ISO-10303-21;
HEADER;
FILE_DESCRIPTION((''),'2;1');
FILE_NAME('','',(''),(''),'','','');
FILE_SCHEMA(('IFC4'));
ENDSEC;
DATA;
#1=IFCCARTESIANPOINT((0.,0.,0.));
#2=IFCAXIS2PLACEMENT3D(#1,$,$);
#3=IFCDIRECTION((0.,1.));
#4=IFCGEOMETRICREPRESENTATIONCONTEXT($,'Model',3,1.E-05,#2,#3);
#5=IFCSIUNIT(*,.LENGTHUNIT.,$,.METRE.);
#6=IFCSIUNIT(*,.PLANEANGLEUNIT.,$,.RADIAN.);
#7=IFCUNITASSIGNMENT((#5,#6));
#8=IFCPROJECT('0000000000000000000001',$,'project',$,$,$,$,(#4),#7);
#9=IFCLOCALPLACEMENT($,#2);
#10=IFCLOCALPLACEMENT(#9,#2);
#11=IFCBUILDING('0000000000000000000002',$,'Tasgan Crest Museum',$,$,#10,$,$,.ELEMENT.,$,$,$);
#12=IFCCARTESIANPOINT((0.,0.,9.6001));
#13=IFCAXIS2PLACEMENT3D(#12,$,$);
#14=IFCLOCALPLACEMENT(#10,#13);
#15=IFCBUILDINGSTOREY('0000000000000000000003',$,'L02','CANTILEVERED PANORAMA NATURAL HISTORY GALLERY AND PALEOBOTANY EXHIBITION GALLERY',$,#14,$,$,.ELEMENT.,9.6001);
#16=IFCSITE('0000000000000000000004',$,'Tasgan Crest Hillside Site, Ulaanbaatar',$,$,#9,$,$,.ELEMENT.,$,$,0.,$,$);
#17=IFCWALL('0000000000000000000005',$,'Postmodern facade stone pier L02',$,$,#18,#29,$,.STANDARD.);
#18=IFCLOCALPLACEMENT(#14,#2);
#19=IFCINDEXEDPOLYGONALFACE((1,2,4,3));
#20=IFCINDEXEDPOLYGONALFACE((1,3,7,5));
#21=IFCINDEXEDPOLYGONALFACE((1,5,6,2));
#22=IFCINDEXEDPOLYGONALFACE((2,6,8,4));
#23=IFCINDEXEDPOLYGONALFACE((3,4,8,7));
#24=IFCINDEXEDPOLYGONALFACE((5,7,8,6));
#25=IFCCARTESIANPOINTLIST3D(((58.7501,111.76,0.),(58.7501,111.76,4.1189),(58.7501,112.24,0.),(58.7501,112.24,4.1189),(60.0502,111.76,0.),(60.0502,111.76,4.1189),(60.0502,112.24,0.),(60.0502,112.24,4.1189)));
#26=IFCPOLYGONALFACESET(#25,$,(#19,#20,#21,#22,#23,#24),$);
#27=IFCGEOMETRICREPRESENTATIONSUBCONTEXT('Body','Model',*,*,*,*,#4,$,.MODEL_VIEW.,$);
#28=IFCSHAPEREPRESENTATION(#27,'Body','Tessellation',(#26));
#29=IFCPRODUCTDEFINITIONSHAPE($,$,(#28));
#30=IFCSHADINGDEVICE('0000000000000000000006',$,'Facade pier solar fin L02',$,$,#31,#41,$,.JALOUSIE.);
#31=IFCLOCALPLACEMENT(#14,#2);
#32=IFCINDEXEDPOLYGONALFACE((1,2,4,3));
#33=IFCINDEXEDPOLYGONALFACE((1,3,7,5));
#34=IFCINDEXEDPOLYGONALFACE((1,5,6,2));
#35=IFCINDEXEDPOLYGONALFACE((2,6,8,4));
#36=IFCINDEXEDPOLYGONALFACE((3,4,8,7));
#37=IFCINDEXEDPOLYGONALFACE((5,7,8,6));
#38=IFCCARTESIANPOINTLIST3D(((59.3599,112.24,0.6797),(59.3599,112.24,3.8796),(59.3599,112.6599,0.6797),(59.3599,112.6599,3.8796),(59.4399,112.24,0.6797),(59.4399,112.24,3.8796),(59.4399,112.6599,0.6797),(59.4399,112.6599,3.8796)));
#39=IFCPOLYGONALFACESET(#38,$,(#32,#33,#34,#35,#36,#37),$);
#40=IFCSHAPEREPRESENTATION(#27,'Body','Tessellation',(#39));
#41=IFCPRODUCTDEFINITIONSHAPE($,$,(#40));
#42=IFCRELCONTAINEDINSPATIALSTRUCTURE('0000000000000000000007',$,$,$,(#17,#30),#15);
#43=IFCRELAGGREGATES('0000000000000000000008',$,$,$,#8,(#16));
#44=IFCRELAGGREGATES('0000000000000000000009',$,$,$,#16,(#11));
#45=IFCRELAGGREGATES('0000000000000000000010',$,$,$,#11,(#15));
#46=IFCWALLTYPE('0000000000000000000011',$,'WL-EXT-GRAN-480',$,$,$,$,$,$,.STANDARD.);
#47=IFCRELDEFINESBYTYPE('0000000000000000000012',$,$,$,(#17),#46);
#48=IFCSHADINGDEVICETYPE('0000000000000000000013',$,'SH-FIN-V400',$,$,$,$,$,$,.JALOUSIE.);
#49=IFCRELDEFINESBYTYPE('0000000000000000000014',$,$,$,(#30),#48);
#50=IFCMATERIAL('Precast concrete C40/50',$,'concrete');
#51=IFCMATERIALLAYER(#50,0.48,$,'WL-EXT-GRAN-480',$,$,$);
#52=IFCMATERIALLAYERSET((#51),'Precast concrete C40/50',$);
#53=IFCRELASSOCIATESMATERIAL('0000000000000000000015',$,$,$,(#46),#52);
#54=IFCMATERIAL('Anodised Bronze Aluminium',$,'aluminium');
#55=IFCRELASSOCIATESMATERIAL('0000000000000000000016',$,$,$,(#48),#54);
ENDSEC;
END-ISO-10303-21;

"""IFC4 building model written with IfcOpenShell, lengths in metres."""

from ifc_helpers import new_model, si_unit, direction, frame, frame_2d, origin, origin_2d, place, context, subcontext, project, spatial, rectangle, extrude, material, layer, layer_set, type_object, element, save


model = new_model("IFC4")

# Units and contexts
model_context = context("Model", 3, precision=1e-05, world=origin(), true_north=direction((0.0, 1.0)))
body_context = subcontext(model_context, "Body", "Model", "MODEL_VIEW")
ifc_project = project(units=[si_unit("LENGTHUNIT", "METRE"), si_unit("PLANEANGLEUNIT", "RADIAN")], contexts=[model_context])

# Site, building, storey
site_placement = place(None, origin())
site = spatial("IfcSite", under=ifc_project, at=site_placement, Name="Tasgan Crest Hillside Site, Ulaanbaatar", CompositionType="ELEMENT", RefElevation=0.0)
building_placement = place(site_placement, origin())
building = spatial("IfcBuilding", under=site, at=building_placement, Name="Tasgan Crest Museum", CompositionType="ELEMENT")
storey_placement = place(building_placement, frame((0.0, 0.0, 9.6001)))
storey = spatial("IfcBuildingStorey", under=building, at=storey_placement, Name="L02", Description="CANTILEVERED PANORAMA NATURAL HISTORY GALLERY AND PALEOBOTANY EXHIBITION GALLERY", CompositionType="ELEMENT", Elevation=9.6001)

# Wall
ifc_material_1 = material(Name="Precast concrete C40/50", Category="concrete")
ifc_layer_1 = layer(ifc_material_1, 0.48, Name="WL-EXT-GRAN-480")
ifc_layer_set_1 = layer_set([ifc_layer_1], Name="Precast concrete C40/50")
wall_type = type_object("IfcWallType", Name="WL-EXT-GRAN-480", PredefinedType="STANDARD", material=ifc_layer_set_1)
wall_placement = place(storey_placement, frame((60.05, 112.0, 0.0), z_axis=(0.0, 0.0, 1.0), x_axis=(-1.0, 0.0, 0.0)))
element("IfcWall", 1, at=wall_placement, inside=storey, type_object=wall_type, Name="Postmodern facade stone pier L02", PredefinedType="STANDARD", context=body_context, shape_type="SweptSolid", body=[
    extrude(rectangle(XDim=1.3, YDim=0.48, at=frame_2d((0.6499, 0.0))), origin(), (0.0, 0.0, 1.0), 4.1189),
])

# Shading device
ifc_material_2 = material(Name="Anodised Bronze Aluminium", Category="aluminium")
shading_device_type = type_object("IfcShadingDeviceType", Name="SH-FIN-V400", PredefinedType="JALOUSIE", material=ifc_material_2)
shading_device_placement = place(storey_placement, frame((59.3999, 112.45, 0.6797), z_axis=(0.0, 0.0, 1.0), x_axis=(-1.0, 0.0, 0.0)))
element("IfcShadingDevice", 2, at=shading_device_placement, inside=storey, type_object=shading_device_type, Name="Facade pier solar fin L02", PredefinedType="JALOUSIE", context=body_context, shape_type="SweptSolid", body=[
    extrude(rectangle(XDim=0.0801, YDim=0.4199, at=origin_2d()), origin(), (0.0, 0.0, 1.0), 3.2),
])

save(model, "model.ifc")
